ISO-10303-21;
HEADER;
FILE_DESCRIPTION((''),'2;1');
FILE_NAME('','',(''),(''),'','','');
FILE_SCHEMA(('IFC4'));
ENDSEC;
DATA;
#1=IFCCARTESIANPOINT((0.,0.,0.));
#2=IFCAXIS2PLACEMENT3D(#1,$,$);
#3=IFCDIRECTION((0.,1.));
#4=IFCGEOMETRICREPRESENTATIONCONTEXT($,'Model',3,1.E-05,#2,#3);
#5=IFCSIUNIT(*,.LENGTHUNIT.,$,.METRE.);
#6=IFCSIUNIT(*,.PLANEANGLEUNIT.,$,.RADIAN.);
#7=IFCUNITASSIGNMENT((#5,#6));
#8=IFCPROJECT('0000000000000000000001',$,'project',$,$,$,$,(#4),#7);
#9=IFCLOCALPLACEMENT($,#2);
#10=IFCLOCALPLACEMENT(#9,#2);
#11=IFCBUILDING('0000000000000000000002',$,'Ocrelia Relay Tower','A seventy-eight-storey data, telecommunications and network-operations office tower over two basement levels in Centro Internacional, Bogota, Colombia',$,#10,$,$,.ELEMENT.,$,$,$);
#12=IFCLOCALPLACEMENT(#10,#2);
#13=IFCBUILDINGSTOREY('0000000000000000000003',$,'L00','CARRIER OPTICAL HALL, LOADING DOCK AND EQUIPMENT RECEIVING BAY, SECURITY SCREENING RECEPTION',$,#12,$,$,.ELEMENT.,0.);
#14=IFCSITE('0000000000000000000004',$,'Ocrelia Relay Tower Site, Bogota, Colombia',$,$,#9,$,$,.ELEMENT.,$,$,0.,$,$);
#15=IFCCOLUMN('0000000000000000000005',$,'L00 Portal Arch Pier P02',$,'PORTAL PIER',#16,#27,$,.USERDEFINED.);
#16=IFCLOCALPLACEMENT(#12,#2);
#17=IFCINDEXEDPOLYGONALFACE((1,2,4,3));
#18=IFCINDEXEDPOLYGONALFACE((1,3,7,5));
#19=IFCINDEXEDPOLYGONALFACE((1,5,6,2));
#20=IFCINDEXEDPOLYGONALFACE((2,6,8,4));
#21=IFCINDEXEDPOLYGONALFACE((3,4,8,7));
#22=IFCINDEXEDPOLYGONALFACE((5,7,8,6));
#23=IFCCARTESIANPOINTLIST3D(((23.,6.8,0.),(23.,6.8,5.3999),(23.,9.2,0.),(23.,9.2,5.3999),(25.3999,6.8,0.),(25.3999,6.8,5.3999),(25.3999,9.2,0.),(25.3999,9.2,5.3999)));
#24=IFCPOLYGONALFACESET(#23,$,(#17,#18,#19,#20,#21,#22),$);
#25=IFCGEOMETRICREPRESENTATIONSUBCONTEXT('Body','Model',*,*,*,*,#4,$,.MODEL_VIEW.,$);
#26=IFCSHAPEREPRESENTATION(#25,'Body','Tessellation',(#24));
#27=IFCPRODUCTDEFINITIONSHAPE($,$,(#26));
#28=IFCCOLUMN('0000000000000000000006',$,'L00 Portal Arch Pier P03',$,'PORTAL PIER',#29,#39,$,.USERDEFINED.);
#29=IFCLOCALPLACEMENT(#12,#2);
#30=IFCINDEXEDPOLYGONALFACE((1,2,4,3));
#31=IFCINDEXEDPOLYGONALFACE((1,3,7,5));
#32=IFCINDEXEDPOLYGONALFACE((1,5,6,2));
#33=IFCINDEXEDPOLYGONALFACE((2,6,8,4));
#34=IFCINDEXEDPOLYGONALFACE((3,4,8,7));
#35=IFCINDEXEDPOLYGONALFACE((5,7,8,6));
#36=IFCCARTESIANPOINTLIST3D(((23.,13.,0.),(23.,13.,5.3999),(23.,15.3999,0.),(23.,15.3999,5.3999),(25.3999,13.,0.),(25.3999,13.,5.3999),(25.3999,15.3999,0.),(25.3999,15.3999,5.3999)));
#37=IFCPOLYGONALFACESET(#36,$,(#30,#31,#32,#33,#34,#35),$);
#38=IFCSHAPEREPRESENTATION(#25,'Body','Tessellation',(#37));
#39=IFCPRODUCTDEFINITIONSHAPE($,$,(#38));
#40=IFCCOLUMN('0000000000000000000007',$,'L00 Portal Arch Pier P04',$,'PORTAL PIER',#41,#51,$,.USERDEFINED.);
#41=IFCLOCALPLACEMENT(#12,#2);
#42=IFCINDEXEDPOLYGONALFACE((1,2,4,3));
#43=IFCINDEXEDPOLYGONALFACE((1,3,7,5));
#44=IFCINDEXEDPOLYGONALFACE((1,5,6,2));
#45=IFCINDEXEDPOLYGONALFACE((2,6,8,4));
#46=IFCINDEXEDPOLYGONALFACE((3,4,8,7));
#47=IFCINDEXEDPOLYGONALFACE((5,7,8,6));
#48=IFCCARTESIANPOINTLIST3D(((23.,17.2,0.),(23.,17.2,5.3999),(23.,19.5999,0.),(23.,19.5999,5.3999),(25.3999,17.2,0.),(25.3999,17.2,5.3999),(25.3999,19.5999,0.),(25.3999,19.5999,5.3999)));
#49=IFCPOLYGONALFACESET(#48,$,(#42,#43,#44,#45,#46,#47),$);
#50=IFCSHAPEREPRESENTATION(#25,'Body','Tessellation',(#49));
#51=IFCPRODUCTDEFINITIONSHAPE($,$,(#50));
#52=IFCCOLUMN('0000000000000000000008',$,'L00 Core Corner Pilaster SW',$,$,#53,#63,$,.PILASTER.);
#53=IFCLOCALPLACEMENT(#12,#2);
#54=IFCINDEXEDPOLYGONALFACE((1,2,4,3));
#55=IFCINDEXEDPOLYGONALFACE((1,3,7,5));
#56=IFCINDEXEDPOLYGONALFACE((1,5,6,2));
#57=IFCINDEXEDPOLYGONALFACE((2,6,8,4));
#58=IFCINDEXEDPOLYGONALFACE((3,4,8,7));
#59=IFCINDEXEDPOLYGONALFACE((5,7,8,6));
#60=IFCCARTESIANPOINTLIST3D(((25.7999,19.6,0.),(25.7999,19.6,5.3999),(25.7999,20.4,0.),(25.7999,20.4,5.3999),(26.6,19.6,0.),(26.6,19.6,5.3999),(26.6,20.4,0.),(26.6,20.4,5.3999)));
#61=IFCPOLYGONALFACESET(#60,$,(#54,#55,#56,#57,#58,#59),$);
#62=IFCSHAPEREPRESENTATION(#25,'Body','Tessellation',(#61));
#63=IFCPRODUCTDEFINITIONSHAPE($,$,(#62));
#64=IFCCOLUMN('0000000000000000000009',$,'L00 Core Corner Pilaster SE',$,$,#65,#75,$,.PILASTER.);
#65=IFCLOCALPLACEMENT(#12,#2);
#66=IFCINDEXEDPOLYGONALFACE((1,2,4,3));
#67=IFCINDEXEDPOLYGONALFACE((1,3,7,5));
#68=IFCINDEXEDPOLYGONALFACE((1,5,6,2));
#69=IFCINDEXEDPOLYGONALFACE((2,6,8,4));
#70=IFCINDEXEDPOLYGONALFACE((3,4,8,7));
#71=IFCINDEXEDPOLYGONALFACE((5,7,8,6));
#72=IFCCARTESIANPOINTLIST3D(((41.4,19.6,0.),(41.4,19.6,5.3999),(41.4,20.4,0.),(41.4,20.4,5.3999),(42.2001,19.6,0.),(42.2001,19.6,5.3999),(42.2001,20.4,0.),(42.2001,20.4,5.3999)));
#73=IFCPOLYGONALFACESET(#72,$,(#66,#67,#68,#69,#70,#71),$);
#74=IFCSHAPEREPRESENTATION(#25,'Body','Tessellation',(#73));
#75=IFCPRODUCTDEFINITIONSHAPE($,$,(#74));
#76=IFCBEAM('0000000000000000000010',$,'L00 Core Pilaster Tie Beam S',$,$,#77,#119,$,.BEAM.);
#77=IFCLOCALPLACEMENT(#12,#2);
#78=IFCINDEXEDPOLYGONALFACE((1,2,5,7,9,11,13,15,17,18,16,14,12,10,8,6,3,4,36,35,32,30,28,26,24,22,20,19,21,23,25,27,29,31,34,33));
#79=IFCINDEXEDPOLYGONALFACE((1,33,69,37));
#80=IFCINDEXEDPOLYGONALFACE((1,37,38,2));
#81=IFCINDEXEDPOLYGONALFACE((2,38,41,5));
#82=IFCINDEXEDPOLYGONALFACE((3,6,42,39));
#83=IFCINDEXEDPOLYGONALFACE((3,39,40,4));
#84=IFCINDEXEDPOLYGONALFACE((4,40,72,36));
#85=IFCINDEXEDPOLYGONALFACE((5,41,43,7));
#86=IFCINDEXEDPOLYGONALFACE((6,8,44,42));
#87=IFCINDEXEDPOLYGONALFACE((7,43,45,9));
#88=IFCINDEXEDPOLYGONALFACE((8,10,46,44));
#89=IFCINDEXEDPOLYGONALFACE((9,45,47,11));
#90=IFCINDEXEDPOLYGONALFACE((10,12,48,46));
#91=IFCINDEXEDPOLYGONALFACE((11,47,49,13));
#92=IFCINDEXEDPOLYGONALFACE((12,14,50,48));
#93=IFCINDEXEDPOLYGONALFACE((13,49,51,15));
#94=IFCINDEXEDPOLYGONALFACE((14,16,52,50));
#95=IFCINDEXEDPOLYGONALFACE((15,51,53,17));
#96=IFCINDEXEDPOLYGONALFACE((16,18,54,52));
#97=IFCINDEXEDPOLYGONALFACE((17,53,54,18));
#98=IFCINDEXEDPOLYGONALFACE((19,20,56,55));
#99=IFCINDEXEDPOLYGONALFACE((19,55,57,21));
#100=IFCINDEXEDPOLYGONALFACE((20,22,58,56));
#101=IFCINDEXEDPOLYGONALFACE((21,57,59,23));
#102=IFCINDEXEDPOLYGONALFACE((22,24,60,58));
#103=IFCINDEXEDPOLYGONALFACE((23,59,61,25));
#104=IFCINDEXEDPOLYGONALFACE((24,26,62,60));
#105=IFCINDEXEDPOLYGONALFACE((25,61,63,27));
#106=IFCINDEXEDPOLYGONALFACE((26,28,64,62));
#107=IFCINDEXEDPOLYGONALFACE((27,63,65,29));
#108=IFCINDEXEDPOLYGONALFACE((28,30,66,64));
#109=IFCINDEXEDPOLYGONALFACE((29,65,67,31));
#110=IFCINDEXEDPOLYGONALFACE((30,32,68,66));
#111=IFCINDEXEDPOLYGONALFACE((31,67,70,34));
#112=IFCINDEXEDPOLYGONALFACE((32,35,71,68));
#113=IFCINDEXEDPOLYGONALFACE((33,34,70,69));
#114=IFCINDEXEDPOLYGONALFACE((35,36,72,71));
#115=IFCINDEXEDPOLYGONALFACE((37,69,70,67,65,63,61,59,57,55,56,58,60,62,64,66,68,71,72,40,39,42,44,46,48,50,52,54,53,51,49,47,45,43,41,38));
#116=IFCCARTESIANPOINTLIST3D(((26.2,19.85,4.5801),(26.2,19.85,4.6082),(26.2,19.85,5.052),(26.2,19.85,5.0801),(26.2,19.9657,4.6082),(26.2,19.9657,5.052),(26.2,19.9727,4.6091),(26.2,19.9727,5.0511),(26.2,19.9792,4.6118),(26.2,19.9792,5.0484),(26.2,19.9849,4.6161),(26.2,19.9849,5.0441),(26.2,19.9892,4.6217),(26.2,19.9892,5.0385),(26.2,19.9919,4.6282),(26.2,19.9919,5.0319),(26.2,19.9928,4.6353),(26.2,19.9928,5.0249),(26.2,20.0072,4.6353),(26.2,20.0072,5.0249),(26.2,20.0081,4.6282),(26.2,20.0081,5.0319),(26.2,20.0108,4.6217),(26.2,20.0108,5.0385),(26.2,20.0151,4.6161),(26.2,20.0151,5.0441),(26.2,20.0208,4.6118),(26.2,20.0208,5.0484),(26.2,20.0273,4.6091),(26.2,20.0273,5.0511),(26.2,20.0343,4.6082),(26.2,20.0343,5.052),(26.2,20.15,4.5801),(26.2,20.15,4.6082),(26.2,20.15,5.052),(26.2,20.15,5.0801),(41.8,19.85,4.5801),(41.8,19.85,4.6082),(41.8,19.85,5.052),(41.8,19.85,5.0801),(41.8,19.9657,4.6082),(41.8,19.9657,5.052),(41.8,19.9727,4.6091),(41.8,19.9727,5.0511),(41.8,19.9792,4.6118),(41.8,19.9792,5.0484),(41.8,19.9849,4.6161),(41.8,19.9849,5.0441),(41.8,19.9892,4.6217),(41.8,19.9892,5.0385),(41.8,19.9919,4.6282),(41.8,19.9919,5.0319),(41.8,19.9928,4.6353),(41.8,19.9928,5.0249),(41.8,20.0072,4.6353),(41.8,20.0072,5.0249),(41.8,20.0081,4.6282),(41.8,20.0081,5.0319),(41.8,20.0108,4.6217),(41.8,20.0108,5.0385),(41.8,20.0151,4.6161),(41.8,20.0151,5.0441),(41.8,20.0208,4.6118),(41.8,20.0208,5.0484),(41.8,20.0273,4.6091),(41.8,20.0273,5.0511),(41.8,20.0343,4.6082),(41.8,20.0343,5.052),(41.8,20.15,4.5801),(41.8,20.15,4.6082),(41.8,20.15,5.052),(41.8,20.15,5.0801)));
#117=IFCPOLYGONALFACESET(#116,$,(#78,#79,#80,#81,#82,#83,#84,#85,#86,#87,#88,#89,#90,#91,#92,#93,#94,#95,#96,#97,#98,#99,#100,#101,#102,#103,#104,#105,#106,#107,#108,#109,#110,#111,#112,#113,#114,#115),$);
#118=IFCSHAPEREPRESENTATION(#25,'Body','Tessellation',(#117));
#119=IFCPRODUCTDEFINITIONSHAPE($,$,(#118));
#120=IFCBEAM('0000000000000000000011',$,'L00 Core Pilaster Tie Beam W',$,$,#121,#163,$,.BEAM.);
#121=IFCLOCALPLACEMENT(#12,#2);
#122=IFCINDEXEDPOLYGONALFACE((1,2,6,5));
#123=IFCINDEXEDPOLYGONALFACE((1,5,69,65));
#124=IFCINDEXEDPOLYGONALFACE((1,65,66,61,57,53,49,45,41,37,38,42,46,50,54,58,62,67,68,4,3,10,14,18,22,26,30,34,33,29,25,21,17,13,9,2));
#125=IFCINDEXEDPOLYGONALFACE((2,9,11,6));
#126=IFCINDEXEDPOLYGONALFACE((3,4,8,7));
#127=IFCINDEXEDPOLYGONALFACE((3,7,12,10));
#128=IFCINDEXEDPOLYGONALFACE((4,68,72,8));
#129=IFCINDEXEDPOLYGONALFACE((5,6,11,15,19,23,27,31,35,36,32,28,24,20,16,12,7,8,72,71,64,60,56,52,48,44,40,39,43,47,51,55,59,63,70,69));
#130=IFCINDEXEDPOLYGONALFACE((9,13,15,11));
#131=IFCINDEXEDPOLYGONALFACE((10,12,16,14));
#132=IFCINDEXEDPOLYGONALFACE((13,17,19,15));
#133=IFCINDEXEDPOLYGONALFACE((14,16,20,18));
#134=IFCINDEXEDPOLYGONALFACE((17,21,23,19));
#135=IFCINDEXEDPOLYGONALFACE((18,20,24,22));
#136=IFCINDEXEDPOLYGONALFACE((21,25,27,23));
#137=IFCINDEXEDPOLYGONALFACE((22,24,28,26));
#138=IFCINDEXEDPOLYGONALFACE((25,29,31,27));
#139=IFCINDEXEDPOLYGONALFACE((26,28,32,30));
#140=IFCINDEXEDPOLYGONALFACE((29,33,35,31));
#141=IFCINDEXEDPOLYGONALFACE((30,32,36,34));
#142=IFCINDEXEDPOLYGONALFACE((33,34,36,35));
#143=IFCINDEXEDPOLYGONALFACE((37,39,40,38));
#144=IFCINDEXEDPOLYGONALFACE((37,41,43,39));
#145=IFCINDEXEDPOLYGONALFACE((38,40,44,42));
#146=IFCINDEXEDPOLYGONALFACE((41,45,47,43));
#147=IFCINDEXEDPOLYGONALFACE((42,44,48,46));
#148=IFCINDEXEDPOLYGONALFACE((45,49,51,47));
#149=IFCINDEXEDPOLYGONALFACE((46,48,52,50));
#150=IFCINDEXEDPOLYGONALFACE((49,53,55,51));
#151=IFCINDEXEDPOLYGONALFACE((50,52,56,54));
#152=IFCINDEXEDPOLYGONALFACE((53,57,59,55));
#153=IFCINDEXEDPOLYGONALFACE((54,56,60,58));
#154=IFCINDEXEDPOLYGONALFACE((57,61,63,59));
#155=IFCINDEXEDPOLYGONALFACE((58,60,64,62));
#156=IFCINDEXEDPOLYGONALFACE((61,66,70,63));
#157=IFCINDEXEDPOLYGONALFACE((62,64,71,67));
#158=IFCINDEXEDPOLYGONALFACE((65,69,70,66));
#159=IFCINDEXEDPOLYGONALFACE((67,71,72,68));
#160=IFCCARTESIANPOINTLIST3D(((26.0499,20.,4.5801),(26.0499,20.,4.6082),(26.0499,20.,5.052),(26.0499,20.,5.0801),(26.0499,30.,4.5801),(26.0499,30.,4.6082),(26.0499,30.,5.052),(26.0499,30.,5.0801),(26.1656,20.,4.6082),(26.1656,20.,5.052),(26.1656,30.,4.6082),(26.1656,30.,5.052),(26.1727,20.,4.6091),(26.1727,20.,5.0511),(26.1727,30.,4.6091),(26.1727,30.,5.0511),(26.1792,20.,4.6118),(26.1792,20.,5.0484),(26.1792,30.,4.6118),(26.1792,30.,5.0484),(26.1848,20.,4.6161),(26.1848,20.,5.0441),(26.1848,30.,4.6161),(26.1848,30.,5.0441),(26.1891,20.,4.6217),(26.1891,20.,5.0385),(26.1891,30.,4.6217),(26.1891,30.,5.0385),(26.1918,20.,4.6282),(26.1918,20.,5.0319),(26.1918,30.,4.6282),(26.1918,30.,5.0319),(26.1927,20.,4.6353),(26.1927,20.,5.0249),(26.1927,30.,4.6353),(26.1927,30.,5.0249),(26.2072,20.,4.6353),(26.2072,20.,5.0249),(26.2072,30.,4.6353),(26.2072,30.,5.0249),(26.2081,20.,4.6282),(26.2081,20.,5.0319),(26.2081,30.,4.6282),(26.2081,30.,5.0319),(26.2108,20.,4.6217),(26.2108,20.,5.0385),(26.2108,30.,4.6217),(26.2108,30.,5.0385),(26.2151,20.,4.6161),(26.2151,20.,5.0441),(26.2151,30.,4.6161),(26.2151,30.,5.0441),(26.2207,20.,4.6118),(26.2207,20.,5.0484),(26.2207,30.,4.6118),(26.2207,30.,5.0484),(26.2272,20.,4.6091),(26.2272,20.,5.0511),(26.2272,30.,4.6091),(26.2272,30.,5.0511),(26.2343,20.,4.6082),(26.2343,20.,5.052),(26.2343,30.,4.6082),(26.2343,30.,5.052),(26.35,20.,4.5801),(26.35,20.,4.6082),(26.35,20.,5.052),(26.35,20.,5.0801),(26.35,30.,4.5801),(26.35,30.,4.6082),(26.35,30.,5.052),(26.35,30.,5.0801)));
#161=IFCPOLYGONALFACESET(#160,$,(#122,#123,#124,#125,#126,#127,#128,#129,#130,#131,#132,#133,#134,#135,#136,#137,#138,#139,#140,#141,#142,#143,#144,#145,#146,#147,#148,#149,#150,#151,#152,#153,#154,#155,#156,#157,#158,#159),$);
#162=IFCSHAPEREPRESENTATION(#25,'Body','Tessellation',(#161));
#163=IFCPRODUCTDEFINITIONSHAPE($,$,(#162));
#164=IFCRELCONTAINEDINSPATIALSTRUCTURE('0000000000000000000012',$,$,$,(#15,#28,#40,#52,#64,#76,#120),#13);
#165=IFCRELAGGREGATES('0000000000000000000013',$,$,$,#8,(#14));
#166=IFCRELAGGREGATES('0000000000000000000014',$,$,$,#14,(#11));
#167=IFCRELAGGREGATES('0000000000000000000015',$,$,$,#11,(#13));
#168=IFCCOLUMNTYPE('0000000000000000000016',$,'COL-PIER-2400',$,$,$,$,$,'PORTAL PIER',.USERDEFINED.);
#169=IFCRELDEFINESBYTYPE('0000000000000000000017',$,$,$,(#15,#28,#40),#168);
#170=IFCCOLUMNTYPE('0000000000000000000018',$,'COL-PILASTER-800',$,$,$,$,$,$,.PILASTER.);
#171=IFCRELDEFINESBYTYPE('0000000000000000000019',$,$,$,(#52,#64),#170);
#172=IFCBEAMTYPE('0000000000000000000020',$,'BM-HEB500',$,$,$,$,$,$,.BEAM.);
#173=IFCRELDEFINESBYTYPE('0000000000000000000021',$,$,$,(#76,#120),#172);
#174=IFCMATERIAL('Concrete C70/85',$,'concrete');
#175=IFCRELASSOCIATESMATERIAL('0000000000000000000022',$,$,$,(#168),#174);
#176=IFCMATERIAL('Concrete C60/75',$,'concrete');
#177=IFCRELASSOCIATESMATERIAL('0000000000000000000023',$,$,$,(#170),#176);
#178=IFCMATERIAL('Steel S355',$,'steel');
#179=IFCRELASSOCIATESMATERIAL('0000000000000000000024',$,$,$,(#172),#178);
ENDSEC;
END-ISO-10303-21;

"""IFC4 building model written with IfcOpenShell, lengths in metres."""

from ifc_helpers import new_model, si_unit, direction, frame, origin, origin_2d, place, context, subcontext, project, spatial, rectangle, i_section, extrude, material, material_profile, profile_set, type_object, element, save


model = new_model("IFC4")

# Units and contexts
model_context = context("Model", 3, precision=1e-05, world=origin(), true_north=direction((0.0, 1.0)))
body_context = subcontext(model_context, "Body", "Model", "MODEL_VIEW")
ifc_project = project(units=[si_unit("LENGTHUNIT", "METRE"), si_unit("PLANEANGLEUNIT", "RADIAN")], contexts=[model_context])

# Site, building, storey
site_placement = place(None, origin())
site = spatial("IfcSite", under=ifc_project, at=site_placement, Name="Ocrelia Relay Tower Site, Bogota, Colombia", CompositionType="ELEMENT", RefElevation=0.0)
building_placement = place(site_placement, origin())
building = spatial("IfcBuilding", under=site, at=building_placement, Name="Ocrelia Relay Tower", Description="A seventy-eight-storey data, telecommunications and network-operations office tower over two basement levels in Centro Internacional, Bogota, Colombia", CompositionType="ELEMENT")
storey_placement = place(building_placement, origin())
storey = spatial("IfcBuildingStorey", under=building, at=storey_placement, Name="L00", Description="CARRIER OPTICAL HALL, LOADING DOCK AND EQUIPMENT RECEIVING BAY, SECURITY SCREENING RECEPTION", CompositionType="ELEMENT", Elevation=0.0)

# Columns
ifc_material_1 = material(Name="Concrete C70/85", Category="concrete")
ifc_material_profile_1 = material_profile(ifc_material_1, rectangle(XDim=2.3999, YDim=2.3999, at=origin_2d()), Name="RC-PIER-2400x2400")
ifc_profile_set_1 = profile_set([ifc_material_profile_1], Name="Concrete C70/85")
column_type_1 = type_object("IfcColumnType", Name="COL-PIER-2400", ElementType="PORTAL PIER", PredefinedType="USERDEFINED", material=ifc_profile_set_1)
for number, where, z_axis, x_axis, name in (
    (1, (24.2, 8.0, 0.0), (0.0, 0.0, 1.0), (1.0, 0.0, 0.0), "L00 Portal Arch Pier P02"),
    (2, (24.2, 14.2, 0.0), (0.0, 0.0, 1.0), (1.0, 0.0, 0.0), "L00 Portal Arch Pier P03"),
    (3, (24.2, 18.3999, 0.0), (0.0, 0.0, 1.0), (1.0, 0.0, 0.0), "L00 Portal Arch Pier P04"),
):
    element("IfcColumn", number, at=place(storey_placement, frame(where, z_axis=z_axis, x_axis=x_axis)), inside=storey, type_object=column_type_1, Name=name, ObjectType="PORTAL PIER", PredefinedType="USERDEFINED", context=body_context, shape_type="SweptSolid", body=[
        extrude(rectangle(XDim=2.3999, YDim=2.3999, at=origin_2d()), origin(), (0.0, 0.0, 1.0), 5.3999),
    ])
ifc_material_2 = material(Name="Concrete C60/75", Category="concrete")
ifc_material_profile_2 = material_profile(ifc_material_2, rectangle(XDim=0.8, YDim=0.8, at=origin_2d()), Name="RC-COL-800x800")
ifc_profile_set_2 = profile_set([ifc_material_profile_2], Name="Concrete C60/75")
column_type_2 = type_object("IfcColumnType", Name="COL-PILASTER-800", PredefinedType="PILASTER", material=ifc_profile_set_2)
for number, where, z_axis, x_axis, name in (
    (4, (26.2, 20.0, 0.0), (0.0, 0.0, 1.0), (1.0, 0.0, 0.0), "L00 Core Corner Pilaster SW"),
    (5, (41.8, 20.0, 0.0), (0.0, 0.0, 1.0), (1.0, 0.0, 0.0), "L00 Core Corner Pilaster SE"),
):
    element("IfcColumn", number, at=place(storey_placement, frame(where, z_axis=z_axis, x_axis=x_axis)), inside=storey, type_object=column_type_2, Name=name, PredefinedType="PILASTER", context=body_context, shape_type="SweptSolid", body=[
        extrude(rectangle(XDim=0.8, YDim=0.8, at=origin_2d()), origin(), (0.0, 0.0, 1.0), 5.3999),
    ])

# Beams
ifc_material_3 = material(Name="Steel S355", Category="steel")
ifc_material_profile_3 = material_profile(ifc_material_3, i_section(OverallWidth=0.3, OverallDepth=0.5, WebThickness=0.0144, FlangeThickness=0.0281, FilletRadius=0.0271, at=origin_2d()), Name="HEB 500")
ifc_profile_set_3 = profile_set([ifc_material_profile_3], Name="Steel S355")
beam_type_1 = type_object("IfcBeamType", Name="BM-HEB500", PredefinedType="BEAM", material=ifc_profile_set_3)
beam_1_placement = place(storey_placement, frame((26.2, 20.0, 4.8301), z_axis=(1.0, 0.0, 0.0), x_axis=(0.0, 1.0, 0.0)))
element("IfcBeam", 6, at=beam_1_placement, inside=storey, type_object=beam_type_1, Name="L00 Core Pilaster Tie Beam S", PredefinedType="BEAM", context=body_context, shape_type="SweptSolid", body=[
    extrude(i_section(OverallWidth=0.3, OverallDepth=0.5, WebThickness=0.0144, FlangeThickness=0.0281, FilletRadius=0.0271, at=origin_2d()), origin(), (0.0, 0.0, 1.0), 15.6001),
])
beam_2_placement = place(storey_placement, frame((26.2, 20.0, 4.8301), z_axis=(0.0, 1.0, 0.0), x_axis=(-1.0, 0.0, 0.0)))
element("IfcBeam", 7, at=beam_2_placement, inside=storey, type_object=beam_type_1, Name="L00 Core Pilaster Tie Beam W", PredefinedType="BEAM", context=body_context, shape_type="SweptSolid", body=[
    extrude(i_section(OverallWidth=0.3, OverallDepth=0.5, WebThickness=0.0144, FlangeThickness=0.0281, FilletRadius=0.0271, at=origin_2d()), origin(), (0.0, 0.0, 1.0), 10.0),
])

save(model, "model.ifc")
